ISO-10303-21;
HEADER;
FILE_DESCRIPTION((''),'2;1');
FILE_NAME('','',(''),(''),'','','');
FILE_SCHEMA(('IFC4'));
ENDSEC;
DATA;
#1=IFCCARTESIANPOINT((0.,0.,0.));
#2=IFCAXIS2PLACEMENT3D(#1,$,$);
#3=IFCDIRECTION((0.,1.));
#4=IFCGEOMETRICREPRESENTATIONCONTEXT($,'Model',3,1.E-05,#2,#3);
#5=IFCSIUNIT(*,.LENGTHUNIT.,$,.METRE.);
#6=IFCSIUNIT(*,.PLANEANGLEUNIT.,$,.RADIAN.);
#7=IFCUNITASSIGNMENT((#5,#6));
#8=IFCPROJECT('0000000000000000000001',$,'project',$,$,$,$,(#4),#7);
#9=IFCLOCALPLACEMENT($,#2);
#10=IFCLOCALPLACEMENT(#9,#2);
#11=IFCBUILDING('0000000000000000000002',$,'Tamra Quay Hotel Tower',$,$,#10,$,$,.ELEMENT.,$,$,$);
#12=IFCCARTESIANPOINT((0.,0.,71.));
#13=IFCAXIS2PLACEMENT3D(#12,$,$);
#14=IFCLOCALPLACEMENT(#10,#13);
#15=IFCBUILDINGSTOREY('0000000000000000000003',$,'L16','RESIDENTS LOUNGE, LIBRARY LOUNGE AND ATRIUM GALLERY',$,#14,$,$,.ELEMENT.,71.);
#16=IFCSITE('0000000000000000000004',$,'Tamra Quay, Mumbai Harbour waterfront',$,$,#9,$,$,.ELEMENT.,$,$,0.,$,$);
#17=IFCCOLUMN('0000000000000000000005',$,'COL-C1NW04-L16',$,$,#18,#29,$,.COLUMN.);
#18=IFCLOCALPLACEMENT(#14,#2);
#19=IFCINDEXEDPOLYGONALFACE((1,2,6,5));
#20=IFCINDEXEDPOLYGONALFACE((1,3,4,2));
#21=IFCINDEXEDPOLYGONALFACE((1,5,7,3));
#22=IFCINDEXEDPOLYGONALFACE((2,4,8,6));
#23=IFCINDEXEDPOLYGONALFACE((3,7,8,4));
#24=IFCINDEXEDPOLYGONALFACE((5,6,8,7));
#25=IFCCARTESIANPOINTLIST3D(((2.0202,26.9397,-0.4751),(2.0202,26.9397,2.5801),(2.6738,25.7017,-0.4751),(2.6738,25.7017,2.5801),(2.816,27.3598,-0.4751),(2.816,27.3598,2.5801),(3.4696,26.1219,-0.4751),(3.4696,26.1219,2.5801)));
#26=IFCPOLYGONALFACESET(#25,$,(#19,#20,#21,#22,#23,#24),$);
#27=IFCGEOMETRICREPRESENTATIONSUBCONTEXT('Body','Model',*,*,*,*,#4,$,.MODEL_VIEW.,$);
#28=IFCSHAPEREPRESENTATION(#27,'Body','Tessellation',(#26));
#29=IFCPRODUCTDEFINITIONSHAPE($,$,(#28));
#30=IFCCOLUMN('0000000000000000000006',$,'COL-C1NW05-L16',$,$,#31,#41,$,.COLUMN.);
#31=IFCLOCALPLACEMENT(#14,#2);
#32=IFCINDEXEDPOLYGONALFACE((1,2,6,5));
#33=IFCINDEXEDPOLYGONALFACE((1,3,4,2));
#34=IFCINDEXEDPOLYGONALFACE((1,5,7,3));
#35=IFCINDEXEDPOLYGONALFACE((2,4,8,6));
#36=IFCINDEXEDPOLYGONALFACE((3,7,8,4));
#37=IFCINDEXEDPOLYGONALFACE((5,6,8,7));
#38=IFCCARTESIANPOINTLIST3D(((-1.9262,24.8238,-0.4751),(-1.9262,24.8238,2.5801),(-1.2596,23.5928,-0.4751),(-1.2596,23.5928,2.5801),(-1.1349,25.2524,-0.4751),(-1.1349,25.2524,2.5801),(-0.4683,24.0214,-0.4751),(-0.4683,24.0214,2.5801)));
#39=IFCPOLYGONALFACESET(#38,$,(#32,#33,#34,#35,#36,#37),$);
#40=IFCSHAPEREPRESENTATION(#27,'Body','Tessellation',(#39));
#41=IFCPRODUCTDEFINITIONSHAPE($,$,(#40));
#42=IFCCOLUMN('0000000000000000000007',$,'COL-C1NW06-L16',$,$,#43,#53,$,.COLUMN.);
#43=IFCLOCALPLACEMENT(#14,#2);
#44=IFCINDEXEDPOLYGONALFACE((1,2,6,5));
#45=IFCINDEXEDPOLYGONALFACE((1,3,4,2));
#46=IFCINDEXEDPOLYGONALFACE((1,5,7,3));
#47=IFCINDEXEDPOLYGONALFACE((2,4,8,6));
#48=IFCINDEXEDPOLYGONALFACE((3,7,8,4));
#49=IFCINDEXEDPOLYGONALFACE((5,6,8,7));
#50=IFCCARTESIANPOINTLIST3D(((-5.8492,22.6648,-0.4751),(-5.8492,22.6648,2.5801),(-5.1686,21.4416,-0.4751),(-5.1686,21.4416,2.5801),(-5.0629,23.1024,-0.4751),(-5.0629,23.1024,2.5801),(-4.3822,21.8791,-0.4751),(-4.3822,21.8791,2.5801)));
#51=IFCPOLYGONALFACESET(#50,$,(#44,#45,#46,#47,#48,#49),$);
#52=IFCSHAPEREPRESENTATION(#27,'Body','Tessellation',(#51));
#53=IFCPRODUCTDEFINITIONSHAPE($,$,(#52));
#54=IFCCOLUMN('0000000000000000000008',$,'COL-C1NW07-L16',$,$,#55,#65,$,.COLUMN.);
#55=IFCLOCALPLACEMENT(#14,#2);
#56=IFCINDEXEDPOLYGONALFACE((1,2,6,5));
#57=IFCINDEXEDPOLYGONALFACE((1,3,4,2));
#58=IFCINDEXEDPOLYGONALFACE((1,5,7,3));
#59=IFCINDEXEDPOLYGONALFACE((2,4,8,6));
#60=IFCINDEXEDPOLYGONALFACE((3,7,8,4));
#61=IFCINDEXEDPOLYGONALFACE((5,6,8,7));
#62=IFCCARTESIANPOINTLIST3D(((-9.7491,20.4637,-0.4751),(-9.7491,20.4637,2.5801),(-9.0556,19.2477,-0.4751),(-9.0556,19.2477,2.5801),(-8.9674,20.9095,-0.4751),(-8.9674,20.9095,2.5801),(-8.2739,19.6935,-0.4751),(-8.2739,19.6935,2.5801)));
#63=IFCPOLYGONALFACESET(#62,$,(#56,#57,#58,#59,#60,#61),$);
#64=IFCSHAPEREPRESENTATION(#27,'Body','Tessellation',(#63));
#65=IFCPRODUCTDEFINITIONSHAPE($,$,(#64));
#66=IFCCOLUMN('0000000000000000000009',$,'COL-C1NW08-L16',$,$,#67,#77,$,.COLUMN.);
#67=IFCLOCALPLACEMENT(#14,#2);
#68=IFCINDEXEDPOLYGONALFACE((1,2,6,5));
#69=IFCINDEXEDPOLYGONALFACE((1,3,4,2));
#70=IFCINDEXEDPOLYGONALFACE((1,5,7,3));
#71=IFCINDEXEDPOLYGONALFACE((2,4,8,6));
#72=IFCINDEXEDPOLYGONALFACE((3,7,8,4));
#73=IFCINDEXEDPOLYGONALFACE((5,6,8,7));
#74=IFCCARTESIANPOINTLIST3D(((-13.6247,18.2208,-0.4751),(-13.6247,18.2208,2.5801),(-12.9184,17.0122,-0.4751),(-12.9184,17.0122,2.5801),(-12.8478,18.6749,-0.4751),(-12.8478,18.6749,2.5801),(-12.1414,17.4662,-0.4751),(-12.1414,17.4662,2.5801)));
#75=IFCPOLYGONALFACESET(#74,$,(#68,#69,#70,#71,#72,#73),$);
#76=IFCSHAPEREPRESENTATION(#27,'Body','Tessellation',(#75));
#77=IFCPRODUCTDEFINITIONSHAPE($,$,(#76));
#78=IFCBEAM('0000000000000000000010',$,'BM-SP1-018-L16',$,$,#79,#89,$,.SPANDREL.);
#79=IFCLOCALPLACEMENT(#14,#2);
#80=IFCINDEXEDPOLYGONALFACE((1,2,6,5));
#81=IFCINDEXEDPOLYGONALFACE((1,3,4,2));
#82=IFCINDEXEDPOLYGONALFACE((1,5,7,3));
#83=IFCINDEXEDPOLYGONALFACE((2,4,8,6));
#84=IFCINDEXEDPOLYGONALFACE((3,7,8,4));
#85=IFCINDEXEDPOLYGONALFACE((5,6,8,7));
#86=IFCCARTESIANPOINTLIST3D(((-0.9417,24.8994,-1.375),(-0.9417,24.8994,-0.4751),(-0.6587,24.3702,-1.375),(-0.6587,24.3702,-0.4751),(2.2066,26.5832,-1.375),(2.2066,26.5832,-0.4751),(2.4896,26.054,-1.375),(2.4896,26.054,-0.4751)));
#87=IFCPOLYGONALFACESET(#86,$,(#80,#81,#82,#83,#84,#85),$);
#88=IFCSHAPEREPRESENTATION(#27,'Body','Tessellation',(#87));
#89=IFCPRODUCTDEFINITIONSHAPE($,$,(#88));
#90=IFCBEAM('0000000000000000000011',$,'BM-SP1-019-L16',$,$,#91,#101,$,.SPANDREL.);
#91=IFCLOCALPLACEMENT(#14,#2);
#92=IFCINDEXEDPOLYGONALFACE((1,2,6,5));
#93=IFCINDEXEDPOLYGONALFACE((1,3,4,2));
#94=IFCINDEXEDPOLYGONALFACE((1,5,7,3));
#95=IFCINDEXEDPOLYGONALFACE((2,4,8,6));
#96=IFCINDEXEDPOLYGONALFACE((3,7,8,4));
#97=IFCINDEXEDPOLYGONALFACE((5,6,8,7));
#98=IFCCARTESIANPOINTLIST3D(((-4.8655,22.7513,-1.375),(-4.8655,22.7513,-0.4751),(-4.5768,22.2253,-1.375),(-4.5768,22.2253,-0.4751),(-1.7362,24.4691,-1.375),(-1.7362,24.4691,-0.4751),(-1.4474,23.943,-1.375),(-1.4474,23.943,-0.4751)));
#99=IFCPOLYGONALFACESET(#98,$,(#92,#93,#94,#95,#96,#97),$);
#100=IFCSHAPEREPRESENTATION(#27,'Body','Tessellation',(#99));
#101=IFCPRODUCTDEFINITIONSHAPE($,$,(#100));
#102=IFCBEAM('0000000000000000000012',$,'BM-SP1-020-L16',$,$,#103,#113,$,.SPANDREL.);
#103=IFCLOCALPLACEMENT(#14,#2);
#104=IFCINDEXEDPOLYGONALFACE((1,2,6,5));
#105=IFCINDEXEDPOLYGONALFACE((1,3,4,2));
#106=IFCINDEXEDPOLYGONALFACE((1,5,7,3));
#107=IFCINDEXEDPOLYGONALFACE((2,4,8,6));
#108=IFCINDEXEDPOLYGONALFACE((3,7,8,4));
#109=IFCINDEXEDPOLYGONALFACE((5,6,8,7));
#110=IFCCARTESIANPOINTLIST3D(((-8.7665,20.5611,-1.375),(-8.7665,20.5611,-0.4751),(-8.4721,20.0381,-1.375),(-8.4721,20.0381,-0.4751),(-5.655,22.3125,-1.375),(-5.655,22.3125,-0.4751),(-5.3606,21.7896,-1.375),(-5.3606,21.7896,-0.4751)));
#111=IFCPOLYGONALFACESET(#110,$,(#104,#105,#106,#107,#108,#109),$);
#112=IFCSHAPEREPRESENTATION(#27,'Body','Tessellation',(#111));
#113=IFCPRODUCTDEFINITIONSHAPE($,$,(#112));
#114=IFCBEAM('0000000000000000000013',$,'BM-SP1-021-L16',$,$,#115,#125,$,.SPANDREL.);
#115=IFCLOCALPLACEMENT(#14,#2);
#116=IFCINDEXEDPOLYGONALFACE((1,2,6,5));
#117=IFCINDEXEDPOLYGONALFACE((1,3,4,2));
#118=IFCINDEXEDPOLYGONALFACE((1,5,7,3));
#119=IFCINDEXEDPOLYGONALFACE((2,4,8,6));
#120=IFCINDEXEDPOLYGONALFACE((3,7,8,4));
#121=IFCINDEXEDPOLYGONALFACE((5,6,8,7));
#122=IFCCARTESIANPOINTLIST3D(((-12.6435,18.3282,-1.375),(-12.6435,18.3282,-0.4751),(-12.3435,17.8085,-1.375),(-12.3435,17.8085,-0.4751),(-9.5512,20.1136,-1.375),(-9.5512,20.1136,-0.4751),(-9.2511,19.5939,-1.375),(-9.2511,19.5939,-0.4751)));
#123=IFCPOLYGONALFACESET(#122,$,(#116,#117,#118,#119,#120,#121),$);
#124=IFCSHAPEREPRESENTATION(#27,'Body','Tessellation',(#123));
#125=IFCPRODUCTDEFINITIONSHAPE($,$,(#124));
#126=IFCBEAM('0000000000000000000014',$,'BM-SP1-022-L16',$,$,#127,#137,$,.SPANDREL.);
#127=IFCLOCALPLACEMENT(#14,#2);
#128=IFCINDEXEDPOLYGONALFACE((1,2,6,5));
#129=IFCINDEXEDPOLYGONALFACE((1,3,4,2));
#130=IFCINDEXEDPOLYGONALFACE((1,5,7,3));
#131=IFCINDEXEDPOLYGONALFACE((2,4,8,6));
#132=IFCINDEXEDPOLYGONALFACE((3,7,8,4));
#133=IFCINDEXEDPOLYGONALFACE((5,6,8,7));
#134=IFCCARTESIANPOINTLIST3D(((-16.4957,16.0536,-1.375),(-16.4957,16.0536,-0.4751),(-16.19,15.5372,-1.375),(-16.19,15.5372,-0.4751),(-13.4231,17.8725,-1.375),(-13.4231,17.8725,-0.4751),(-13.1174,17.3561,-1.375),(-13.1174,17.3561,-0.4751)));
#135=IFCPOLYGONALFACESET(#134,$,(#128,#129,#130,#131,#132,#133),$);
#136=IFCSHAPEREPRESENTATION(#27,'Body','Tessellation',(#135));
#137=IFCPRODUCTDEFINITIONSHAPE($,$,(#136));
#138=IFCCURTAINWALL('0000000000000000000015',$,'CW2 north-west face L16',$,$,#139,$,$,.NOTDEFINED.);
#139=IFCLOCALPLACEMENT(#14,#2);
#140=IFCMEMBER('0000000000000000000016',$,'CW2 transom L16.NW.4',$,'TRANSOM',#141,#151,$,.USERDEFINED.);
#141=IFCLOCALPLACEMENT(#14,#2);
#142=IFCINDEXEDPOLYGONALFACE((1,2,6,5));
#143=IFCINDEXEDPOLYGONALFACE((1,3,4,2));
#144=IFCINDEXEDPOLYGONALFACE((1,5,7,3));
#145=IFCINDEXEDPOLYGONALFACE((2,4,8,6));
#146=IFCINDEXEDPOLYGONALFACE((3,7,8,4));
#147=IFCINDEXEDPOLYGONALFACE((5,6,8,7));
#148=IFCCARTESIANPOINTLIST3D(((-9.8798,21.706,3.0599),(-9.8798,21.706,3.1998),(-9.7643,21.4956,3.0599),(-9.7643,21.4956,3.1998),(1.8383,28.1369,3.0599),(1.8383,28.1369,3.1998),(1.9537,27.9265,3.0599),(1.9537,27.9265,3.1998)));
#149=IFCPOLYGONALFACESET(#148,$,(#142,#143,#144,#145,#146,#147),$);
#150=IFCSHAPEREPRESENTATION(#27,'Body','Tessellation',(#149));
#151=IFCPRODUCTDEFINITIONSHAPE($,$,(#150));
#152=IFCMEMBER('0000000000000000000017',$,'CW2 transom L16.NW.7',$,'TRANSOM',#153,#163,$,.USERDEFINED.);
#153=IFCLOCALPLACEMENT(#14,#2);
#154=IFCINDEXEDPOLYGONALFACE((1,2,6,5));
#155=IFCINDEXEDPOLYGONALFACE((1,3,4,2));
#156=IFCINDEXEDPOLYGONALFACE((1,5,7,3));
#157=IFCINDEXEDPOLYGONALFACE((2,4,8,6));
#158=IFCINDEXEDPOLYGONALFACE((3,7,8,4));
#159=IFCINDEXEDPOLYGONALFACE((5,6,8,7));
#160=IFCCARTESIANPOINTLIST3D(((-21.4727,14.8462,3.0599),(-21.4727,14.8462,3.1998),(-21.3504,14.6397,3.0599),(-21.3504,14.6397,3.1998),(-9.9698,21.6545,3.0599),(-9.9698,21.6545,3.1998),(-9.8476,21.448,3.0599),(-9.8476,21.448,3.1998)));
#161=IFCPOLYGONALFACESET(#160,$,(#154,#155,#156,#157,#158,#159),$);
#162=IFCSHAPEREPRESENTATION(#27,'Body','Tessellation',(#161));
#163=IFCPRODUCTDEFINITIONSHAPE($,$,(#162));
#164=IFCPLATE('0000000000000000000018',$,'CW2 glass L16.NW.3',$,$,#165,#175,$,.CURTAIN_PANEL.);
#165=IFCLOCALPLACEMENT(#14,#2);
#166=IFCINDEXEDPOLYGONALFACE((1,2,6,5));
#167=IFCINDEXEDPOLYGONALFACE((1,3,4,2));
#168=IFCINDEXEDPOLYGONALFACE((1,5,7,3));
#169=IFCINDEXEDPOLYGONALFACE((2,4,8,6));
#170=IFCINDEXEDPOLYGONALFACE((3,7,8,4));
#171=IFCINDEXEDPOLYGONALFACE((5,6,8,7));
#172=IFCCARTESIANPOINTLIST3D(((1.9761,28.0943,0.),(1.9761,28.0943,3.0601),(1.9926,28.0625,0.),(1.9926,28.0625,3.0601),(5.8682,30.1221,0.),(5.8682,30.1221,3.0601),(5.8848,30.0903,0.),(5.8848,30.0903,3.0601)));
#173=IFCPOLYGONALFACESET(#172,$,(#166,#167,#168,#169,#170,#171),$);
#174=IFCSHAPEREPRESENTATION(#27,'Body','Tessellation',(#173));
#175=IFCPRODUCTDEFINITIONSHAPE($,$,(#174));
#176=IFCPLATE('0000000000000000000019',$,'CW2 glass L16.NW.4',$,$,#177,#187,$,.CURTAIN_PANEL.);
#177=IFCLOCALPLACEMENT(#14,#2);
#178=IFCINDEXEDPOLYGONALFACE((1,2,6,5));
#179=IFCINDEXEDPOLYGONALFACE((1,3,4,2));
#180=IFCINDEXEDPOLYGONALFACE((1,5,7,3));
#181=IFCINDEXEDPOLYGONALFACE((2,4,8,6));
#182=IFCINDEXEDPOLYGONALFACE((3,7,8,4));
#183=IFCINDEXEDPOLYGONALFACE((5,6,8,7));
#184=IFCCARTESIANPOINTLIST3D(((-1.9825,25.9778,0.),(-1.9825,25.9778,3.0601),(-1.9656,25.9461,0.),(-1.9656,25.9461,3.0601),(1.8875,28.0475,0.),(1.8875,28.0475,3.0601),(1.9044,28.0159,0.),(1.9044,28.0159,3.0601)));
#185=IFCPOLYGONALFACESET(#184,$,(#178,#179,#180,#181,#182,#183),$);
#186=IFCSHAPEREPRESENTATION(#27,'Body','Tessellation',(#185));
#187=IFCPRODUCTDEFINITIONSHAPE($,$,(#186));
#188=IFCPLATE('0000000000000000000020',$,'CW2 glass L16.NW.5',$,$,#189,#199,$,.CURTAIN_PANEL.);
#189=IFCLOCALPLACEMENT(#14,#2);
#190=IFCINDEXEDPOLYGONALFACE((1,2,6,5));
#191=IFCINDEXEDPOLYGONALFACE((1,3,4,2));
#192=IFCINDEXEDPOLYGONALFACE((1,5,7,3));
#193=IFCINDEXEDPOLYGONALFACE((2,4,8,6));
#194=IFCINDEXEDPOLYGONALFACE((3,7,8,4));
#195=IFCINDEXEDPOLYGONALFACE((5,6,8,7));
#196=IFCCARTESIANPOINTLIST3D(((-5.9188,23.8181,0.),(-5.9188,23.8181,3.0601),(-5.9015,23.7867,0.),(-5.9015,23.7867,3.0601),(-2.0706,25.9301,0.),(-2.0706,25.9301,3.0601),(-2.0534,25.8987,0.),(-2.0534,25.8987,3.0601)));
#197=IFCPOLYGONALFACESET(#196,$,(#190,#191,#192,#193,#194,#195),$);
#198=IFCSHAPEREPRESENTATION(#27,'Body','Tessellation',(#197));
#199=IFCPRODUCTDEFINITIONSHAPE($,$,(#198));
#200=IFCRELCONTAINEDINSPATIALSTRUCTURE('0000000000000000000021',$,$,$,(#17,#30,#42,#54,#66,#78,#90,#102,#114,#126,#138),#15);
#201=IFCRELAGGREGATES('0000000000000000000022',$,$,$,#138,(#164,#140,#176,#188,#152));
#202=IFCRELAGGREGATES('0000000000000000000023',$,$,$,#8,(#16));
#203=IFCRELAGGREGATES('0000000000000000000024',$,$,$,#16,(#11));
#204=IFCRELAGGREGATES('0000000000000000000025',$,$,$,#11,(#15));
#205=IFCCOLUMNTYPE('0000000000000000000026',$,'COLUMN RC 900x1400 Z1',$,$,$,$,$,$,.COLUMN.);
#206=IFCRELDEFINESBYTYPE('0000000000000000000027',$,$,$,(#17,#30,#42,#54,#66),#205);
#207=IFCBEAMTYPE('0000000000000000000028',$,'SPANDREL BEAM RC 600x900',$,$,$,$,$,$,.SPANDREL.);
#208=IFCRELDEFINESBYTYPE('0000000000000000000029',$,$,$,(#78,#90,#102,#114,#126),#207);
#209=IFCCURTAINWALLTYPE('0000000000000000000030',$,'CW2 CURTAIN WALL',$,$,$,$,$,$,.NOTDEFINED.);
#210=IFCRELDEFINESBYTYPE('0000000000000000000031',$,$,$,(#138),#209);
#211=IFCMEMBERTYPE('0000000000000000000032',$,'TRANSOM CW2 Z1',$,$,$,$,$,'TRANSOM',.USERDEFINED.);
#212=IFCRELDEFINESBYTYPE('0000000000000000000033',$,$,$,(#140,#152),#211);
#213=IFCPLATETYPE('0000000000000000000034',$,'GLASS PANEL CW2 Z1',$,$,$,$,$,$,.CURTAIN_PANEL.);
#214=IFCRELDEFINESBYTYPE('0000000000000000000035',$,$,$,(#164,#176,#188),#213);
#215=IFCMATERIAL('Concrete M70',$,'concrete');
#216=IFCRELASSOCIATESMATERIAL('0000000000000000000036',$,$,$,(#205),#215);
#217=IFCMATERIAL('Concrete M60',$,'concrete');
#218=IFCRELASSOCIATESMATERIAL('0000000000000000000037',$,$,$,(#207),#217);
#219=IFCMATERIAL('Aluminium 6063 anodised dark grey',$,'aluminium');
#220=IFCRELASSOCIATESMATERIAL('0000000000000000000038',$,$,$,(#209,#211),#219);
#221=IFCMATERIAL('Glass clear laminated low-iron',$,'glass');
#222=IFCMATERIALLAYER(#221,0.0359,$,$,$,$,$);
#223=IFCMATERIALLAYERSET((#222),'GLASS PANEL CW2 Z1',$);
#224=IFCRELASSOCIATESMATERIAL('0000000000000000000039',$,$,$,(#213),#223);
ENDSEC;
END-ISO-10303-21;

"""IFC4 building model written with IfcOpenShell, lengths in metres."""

from ifc_helpers import new_model, si_unit, direction, frame, origin, origin_2d, place, context, subcontext, project, spatial, rectangle, extrude, material, layer, layer_set, material_profile, profile_set, type_object, element, aggregate, save


model = new_model("IFC4")

# Units and contexts
model_context = context("Model", 3, precision=1e-05, world=origin(), true_north=direction((0.0, 1.0)))
body_context = subcontext(model_context, "Body", "Model", "MODEL_VIEW")
ifc_project = project(units=[si_unit("LENGTHUNIT", "METRE"), si_unit("PLANEANGLEUNIT", "RADIAN")], contexts=[model_context])

# Site, building, storey
site_placement = place(None, origin())
site = spatial("IfcSite", under=ifc_project, at=site_placement, Name="Tamra Quay, Mumbai Harbour waterfront", CompositionType="ELEMENT", RefElevation=0.0)
building_placement = place(site_placement, origin())
building = spatial("IfcBuilding", under=site, at=building_placement, Name="Tamra Quay Hotel Tower", CompositionType="ELEMENT")
storey_placement = place(building_placement, frame((0.0, 0.0, 71.0)))
storey = spatial("IfcBuildingStorey", under=building, at=storey_placement, Name="L16", Description="RESIDENTS LOUNGE, LIBRARY LOUNGE AND ATRIUM GALLERY", CompositionType="ELEMENT", Elevation=71.0)

# Columns
ifc_material_1 = material(Name="Concrete M70", Category="concrete")
ifc_material_profile_1 = material_profile(ifc_material_1, rectangle(XDim=1.3999, YDim=0.8999, at=origin_2d()), Name="COLUMN RC 900x1400 Z1")
ifc_profile_set_1 = profile_set([ifc_material_profile_1], Name="Concrete M70")
column_type = type_object("IfcColumnType", Name="COLUMN RC 900x1400 Z1", PredefinedType="COLUMN", material=ifc_profile_set_1)
for number, where, z_axis, x_axis, name in (
    (1, (2.7449, 26.5308, -0.4751), (0.0, 0.0, 1.0), (-0.466896, 0.884312, 0.0), "COL-C1NW04-L16"),
    (2, (-1.1973, 24.4226, -0.4751), (0.0, 0.0, 1.0), (-0.476198, 0.879338, 0.0), "COL-C1NW05-L16"),
    (3, (-5.1157, 22.272, -0.4751), (0.0, 0.0, 1.0), (-0.486221, 0.873836, 0.0), "COL-C1NW06-L16"),
    (4, (-9.0115, 20.0786, -0.4751), (0.0, 0.0, 1.0), (-0.495421, 0.868653, 0.0), "COL-C1NW07-L16"),
    (5, (-12.8831, 17.8435, -0.4751), (0.0, 0.0, 1.0), (-0.504565, 0.863374, 0.0), "COL-C1NW08-L16"),
):
    element("IfcColumn", number, at=place(storey_placement, frame(where, z_axis=z_axis, x_axis=x_axis)), inside=storey, type_object=column_type, Name=name, PredefinedType="COLUMN", context=body_context, shape_type="SweptSolid", body=[
        extrude(rectangle(XDim=1.3999, YDim=0.8999, at=origin_2d()), origin(), (0.0, 0.0, 1.0), 3.0552),
    ])

# Beams
ifc_material_2 = material(Name="Concrete M60", Category="concrete")
ifc_material_profile_2 = material_profile(ifc_material_2, rectangle(XDim=0.6001, YDim=0.8999, at=origin_2d()), Name="SPANDREL BEAM RC 600x900")
ifc_profile_set_2 = profile_set([ifc_material_profile_2], Name="Concrete M60")
beam_type = type_object("IfcBeamType", Name="SPANDREL BEAM RC 600x900", PredefinedType="SPANDREL", material=ifc_profile_set_2)
beam_1_placement = place(storey_placement, frame((2.3481, 26.3186, -0.925), z_axis=(-0.881809, -0.471607, 0.0), x_axis=(0.471607, -0.881809, 0.0)))
element("IfcBeam", 6, at=beam_1_placement, inside=storey, type_object=beam_type, Name="BM-SP1-018-L16", PredefinedType="SPANDREL", context=body_context, shape_type="SweptSolid", body=[
    extrude(rectangle(XDim=0.6001, YDim=0.8999, at=origin_2d()), origin(), (0.0, 0.0, 1.0), 3.5703),
])
beam_2_placement = place(storey_placement, frame((-1.5918, 24.2061, -0.925), z_axis=(-0.876617, -0.481189, 0.0), x_axis=(0.481189, -0.876617, 0.0)))
element("IfcBeam", 7, at=beam_2_placement, inside=storey, type_object=beam_type, Name="BM-SP1-019-L16", PredefinedType="SPANDREL", context=body_context, shape_type="SweptSolid", body=[
    extrude(rectangle(XDim=0.6001, YDim=0.8999, at=origin_2d()), origin(), (0.0, 0.0, 1.0), 3.5698),
])
beam_3_placement = place(storey_placement, frame((-5.5078, 22.051, -0.925), z_axis=(-0.871431, -0.490518, 0.0), x_axis=(0.490518, -0.871431, 0.0)))
element("IfcBeam", 8, at=beam_3_placement, inside=storey, type_object=beam_type, Name="BM-SP1-020-L16", PredefinedType="SPANDREL", context=body_context, shape_type="SweptSolid", body=[
    extrude(rectangle(XDim=0.6001, YDim=0.8999, at=origin_2d()), origin(), (0.0, 0.0, 1.0), 3.5706),
])
beam_4_placement = place(storey_placement, frame((-9.4011, 19.8538, -0.925), z_axis=(-0.866017, -0.500014, 0.0), x_axis=(0.500014, -0.866017, 0.0)))
element("IfcBeam", 9, at=beam_4_placement, inside=storey, type_object=beam_type, Name="BM-SP1-021-L16", PredefinedType="SPANDREL", context=body_context, shape_type="SweptSolid", body=[
    extrude(rectangle(XDim=0.6001, YDim=0.8999, at=origin_2d()), origin(), (0.0, 0.0, 1.0), 3.5708),
])
beam_5_placement = place(storey_placement, frame((-13.2703, 17.6143, -0.925), z_axis=(-0.860525, -0.509409, 0.0), x_axis=(0.509409, -0.860525, 0.0)))
element("IfcBeam", 10, at=beam_5_placement, inside=storey, type_object=beam_type, Name="BM-SP1-022-L16", PredefinedType="SPANDREL", context=body_context, shape_type="SweptSolid", body=[
    extrude(rectangle(XDim=0.6001, YDim=0.8999, at=origin_2d()), origin(), (0.0, 0.0, 1.0), 3.5706),
])

# Curtain wall, members, plates
ifc_material_3 = material(Name="Aluminium 6063 anodised dark grey", Category="aluminium")
curtain_wall_type = type_object("IfcCurtainWallType", Name="CW2 CURTAIN WALL", PredefinedType="NOTDEFINED", material=ifc_material_3)
curtain_wall_placement = place(storey_placement, origin())
curtain_wall = element("IfcCurtainWall", 11, at=curtain_wall_placement, inside=storey, type_object=curtain_wall_type, Name="CW2 north-west face L16", PredefinedType="NOTDEFINED")
ifc_material_profile_3 = material_profile(ifc_material_3, rectangle(XDim=0.24, YDim=0.1399, at=origin_2d()), Name="TRANSOM 240X140")
ifc_profile_set_3 = profile_set([ifc_material_profile_3], Name="Aluminium 6063 anodised dark grey")
member_type = type_object("IfcMemberType", Name="TRANSOM CW2 Z1", ElementType="TRANSOM", PredefinedType="USERDEFINED", material=ifc_profile_set_3)
member_1_placement = place(storey_placement, frame((1.896, 28.0317, 3.1299), z_axis=(-0.876658, -0.481114, 0.0), x_axis=(0.481114, -0.876658, 0.0)))
member_1 = element("IfcMember", 12, at=member_1_placement, type_object=member_type, Name="CW2 transom L16.NW.4", ObjectType="TRANSOM", PredefinedType="USERDEFINED", context=body_context, shape_type="SweptSolid", body=[
    extrude(rectangle(XDim=0.24, YDim=0.1399, at=origin_2d()), origin(), (0.0, 0.0, 1.0), 13.3667),
])
member_2_placement = place(storey_placement, frame((-9.9087, 21.5513, 3.1299), z_axis=(-0.860561, -0.509348, 0.0), x_axis=(0.509348, -0.860561, 0.0)))
member_2 = element("IfcMember", 13, at=member_2_placement, type_object=member_type, Name="CW2 transom L16.NW.7", ObjectType="TRANSOM", PredefinedType="USERDEFINED", context=body_context, shape_type="SweptSolid", body=[
    extrude(rectangle(XDim=0.24, YDim=0.1399, at=origin_2d()), origin(), (0.0, 0.0, 1.0), 13.3667),
])
ifc_material_4 = material(Name="Glass clear laminated low-iron", Category="glass")
ifc_layer_1 = layer(ifc_material_4, 0.0359)
ifc_layer_set_1 = layer_set([ifc_layer_1], Name="GLASS PANEL CW2 Z1")
plate_type = type_object("IfcPlateType", Name="GLASS PANEL CW2 Z1", PredefinedType="CURTAIN_PANEL", material=ifc_layer_set_1)
plate_1_placement = place(storey_placement, frame((3.9304, 29.0923, 0.0), z_axis=(0.0, 0.0, 1.0), x_axis=(-0.886857, -0.462045, 0.0)))
plate_1 = element("IfcPlate", 14, at=plate_1_placement, type_object=plate_type, Name="CW2 glass L16.NW.3", PredefinedType="CURTAIN_PANEL", context=body_context, shape_type="SweptSolid", body=[
    extrude(rectangle(XDim=4.3887, YDim=0.0359, at=origin_2d()), origin(), (0.0, 0.0, 1.0), 3.0601),
])
plate_2_placement = place(storey_placement, frame((-0.0391, 26.9968, 0.0), z_axis=(0.0, 0.0, 1.0), x_axis=(-0.881806, -0.471612, 0.0)))
plate_2 = element("IfcPlate", 15, at=plate_2_placement, type_object=plate_type, Name="CW2 glass L16.NW.4", PredefinedType="CURTAIN_PANEL", context=body_context, shape_type="SweptSolid", body=[
    extrude(rectangle(XDim=4.3887, YDim=0.0359, at=origin_2d()), origin(), (0.0, 0.0, 1.0), 3.0601),
])
plate_3_placement = place(storey_placement, frame((-3.9861, 24.8584, 0.0), z_axis=(0.0, 0.0, 1.0), x_axis=(-0.876651, -0.481127, 0.0)))
plate_3 = element("IfcPlate", 16, at=plate_3_placement, type_object=plate_type, Name="CW2 glass L16.NW.5", PredefinedType="CURTAIN_PANEL", context=body_context, shape_type="SweptSolid", body=[
    extrude(rectangle(XDim=4.3896, YDim=0.0359, at=origin_2d()), origin(), (0.0, 0.0, 1.0), 3.0601),
])
aggregate(curtain_wall, [plate_1, member_1, plate_2, plate_3, member_2])

save(model, "model.ifc")
